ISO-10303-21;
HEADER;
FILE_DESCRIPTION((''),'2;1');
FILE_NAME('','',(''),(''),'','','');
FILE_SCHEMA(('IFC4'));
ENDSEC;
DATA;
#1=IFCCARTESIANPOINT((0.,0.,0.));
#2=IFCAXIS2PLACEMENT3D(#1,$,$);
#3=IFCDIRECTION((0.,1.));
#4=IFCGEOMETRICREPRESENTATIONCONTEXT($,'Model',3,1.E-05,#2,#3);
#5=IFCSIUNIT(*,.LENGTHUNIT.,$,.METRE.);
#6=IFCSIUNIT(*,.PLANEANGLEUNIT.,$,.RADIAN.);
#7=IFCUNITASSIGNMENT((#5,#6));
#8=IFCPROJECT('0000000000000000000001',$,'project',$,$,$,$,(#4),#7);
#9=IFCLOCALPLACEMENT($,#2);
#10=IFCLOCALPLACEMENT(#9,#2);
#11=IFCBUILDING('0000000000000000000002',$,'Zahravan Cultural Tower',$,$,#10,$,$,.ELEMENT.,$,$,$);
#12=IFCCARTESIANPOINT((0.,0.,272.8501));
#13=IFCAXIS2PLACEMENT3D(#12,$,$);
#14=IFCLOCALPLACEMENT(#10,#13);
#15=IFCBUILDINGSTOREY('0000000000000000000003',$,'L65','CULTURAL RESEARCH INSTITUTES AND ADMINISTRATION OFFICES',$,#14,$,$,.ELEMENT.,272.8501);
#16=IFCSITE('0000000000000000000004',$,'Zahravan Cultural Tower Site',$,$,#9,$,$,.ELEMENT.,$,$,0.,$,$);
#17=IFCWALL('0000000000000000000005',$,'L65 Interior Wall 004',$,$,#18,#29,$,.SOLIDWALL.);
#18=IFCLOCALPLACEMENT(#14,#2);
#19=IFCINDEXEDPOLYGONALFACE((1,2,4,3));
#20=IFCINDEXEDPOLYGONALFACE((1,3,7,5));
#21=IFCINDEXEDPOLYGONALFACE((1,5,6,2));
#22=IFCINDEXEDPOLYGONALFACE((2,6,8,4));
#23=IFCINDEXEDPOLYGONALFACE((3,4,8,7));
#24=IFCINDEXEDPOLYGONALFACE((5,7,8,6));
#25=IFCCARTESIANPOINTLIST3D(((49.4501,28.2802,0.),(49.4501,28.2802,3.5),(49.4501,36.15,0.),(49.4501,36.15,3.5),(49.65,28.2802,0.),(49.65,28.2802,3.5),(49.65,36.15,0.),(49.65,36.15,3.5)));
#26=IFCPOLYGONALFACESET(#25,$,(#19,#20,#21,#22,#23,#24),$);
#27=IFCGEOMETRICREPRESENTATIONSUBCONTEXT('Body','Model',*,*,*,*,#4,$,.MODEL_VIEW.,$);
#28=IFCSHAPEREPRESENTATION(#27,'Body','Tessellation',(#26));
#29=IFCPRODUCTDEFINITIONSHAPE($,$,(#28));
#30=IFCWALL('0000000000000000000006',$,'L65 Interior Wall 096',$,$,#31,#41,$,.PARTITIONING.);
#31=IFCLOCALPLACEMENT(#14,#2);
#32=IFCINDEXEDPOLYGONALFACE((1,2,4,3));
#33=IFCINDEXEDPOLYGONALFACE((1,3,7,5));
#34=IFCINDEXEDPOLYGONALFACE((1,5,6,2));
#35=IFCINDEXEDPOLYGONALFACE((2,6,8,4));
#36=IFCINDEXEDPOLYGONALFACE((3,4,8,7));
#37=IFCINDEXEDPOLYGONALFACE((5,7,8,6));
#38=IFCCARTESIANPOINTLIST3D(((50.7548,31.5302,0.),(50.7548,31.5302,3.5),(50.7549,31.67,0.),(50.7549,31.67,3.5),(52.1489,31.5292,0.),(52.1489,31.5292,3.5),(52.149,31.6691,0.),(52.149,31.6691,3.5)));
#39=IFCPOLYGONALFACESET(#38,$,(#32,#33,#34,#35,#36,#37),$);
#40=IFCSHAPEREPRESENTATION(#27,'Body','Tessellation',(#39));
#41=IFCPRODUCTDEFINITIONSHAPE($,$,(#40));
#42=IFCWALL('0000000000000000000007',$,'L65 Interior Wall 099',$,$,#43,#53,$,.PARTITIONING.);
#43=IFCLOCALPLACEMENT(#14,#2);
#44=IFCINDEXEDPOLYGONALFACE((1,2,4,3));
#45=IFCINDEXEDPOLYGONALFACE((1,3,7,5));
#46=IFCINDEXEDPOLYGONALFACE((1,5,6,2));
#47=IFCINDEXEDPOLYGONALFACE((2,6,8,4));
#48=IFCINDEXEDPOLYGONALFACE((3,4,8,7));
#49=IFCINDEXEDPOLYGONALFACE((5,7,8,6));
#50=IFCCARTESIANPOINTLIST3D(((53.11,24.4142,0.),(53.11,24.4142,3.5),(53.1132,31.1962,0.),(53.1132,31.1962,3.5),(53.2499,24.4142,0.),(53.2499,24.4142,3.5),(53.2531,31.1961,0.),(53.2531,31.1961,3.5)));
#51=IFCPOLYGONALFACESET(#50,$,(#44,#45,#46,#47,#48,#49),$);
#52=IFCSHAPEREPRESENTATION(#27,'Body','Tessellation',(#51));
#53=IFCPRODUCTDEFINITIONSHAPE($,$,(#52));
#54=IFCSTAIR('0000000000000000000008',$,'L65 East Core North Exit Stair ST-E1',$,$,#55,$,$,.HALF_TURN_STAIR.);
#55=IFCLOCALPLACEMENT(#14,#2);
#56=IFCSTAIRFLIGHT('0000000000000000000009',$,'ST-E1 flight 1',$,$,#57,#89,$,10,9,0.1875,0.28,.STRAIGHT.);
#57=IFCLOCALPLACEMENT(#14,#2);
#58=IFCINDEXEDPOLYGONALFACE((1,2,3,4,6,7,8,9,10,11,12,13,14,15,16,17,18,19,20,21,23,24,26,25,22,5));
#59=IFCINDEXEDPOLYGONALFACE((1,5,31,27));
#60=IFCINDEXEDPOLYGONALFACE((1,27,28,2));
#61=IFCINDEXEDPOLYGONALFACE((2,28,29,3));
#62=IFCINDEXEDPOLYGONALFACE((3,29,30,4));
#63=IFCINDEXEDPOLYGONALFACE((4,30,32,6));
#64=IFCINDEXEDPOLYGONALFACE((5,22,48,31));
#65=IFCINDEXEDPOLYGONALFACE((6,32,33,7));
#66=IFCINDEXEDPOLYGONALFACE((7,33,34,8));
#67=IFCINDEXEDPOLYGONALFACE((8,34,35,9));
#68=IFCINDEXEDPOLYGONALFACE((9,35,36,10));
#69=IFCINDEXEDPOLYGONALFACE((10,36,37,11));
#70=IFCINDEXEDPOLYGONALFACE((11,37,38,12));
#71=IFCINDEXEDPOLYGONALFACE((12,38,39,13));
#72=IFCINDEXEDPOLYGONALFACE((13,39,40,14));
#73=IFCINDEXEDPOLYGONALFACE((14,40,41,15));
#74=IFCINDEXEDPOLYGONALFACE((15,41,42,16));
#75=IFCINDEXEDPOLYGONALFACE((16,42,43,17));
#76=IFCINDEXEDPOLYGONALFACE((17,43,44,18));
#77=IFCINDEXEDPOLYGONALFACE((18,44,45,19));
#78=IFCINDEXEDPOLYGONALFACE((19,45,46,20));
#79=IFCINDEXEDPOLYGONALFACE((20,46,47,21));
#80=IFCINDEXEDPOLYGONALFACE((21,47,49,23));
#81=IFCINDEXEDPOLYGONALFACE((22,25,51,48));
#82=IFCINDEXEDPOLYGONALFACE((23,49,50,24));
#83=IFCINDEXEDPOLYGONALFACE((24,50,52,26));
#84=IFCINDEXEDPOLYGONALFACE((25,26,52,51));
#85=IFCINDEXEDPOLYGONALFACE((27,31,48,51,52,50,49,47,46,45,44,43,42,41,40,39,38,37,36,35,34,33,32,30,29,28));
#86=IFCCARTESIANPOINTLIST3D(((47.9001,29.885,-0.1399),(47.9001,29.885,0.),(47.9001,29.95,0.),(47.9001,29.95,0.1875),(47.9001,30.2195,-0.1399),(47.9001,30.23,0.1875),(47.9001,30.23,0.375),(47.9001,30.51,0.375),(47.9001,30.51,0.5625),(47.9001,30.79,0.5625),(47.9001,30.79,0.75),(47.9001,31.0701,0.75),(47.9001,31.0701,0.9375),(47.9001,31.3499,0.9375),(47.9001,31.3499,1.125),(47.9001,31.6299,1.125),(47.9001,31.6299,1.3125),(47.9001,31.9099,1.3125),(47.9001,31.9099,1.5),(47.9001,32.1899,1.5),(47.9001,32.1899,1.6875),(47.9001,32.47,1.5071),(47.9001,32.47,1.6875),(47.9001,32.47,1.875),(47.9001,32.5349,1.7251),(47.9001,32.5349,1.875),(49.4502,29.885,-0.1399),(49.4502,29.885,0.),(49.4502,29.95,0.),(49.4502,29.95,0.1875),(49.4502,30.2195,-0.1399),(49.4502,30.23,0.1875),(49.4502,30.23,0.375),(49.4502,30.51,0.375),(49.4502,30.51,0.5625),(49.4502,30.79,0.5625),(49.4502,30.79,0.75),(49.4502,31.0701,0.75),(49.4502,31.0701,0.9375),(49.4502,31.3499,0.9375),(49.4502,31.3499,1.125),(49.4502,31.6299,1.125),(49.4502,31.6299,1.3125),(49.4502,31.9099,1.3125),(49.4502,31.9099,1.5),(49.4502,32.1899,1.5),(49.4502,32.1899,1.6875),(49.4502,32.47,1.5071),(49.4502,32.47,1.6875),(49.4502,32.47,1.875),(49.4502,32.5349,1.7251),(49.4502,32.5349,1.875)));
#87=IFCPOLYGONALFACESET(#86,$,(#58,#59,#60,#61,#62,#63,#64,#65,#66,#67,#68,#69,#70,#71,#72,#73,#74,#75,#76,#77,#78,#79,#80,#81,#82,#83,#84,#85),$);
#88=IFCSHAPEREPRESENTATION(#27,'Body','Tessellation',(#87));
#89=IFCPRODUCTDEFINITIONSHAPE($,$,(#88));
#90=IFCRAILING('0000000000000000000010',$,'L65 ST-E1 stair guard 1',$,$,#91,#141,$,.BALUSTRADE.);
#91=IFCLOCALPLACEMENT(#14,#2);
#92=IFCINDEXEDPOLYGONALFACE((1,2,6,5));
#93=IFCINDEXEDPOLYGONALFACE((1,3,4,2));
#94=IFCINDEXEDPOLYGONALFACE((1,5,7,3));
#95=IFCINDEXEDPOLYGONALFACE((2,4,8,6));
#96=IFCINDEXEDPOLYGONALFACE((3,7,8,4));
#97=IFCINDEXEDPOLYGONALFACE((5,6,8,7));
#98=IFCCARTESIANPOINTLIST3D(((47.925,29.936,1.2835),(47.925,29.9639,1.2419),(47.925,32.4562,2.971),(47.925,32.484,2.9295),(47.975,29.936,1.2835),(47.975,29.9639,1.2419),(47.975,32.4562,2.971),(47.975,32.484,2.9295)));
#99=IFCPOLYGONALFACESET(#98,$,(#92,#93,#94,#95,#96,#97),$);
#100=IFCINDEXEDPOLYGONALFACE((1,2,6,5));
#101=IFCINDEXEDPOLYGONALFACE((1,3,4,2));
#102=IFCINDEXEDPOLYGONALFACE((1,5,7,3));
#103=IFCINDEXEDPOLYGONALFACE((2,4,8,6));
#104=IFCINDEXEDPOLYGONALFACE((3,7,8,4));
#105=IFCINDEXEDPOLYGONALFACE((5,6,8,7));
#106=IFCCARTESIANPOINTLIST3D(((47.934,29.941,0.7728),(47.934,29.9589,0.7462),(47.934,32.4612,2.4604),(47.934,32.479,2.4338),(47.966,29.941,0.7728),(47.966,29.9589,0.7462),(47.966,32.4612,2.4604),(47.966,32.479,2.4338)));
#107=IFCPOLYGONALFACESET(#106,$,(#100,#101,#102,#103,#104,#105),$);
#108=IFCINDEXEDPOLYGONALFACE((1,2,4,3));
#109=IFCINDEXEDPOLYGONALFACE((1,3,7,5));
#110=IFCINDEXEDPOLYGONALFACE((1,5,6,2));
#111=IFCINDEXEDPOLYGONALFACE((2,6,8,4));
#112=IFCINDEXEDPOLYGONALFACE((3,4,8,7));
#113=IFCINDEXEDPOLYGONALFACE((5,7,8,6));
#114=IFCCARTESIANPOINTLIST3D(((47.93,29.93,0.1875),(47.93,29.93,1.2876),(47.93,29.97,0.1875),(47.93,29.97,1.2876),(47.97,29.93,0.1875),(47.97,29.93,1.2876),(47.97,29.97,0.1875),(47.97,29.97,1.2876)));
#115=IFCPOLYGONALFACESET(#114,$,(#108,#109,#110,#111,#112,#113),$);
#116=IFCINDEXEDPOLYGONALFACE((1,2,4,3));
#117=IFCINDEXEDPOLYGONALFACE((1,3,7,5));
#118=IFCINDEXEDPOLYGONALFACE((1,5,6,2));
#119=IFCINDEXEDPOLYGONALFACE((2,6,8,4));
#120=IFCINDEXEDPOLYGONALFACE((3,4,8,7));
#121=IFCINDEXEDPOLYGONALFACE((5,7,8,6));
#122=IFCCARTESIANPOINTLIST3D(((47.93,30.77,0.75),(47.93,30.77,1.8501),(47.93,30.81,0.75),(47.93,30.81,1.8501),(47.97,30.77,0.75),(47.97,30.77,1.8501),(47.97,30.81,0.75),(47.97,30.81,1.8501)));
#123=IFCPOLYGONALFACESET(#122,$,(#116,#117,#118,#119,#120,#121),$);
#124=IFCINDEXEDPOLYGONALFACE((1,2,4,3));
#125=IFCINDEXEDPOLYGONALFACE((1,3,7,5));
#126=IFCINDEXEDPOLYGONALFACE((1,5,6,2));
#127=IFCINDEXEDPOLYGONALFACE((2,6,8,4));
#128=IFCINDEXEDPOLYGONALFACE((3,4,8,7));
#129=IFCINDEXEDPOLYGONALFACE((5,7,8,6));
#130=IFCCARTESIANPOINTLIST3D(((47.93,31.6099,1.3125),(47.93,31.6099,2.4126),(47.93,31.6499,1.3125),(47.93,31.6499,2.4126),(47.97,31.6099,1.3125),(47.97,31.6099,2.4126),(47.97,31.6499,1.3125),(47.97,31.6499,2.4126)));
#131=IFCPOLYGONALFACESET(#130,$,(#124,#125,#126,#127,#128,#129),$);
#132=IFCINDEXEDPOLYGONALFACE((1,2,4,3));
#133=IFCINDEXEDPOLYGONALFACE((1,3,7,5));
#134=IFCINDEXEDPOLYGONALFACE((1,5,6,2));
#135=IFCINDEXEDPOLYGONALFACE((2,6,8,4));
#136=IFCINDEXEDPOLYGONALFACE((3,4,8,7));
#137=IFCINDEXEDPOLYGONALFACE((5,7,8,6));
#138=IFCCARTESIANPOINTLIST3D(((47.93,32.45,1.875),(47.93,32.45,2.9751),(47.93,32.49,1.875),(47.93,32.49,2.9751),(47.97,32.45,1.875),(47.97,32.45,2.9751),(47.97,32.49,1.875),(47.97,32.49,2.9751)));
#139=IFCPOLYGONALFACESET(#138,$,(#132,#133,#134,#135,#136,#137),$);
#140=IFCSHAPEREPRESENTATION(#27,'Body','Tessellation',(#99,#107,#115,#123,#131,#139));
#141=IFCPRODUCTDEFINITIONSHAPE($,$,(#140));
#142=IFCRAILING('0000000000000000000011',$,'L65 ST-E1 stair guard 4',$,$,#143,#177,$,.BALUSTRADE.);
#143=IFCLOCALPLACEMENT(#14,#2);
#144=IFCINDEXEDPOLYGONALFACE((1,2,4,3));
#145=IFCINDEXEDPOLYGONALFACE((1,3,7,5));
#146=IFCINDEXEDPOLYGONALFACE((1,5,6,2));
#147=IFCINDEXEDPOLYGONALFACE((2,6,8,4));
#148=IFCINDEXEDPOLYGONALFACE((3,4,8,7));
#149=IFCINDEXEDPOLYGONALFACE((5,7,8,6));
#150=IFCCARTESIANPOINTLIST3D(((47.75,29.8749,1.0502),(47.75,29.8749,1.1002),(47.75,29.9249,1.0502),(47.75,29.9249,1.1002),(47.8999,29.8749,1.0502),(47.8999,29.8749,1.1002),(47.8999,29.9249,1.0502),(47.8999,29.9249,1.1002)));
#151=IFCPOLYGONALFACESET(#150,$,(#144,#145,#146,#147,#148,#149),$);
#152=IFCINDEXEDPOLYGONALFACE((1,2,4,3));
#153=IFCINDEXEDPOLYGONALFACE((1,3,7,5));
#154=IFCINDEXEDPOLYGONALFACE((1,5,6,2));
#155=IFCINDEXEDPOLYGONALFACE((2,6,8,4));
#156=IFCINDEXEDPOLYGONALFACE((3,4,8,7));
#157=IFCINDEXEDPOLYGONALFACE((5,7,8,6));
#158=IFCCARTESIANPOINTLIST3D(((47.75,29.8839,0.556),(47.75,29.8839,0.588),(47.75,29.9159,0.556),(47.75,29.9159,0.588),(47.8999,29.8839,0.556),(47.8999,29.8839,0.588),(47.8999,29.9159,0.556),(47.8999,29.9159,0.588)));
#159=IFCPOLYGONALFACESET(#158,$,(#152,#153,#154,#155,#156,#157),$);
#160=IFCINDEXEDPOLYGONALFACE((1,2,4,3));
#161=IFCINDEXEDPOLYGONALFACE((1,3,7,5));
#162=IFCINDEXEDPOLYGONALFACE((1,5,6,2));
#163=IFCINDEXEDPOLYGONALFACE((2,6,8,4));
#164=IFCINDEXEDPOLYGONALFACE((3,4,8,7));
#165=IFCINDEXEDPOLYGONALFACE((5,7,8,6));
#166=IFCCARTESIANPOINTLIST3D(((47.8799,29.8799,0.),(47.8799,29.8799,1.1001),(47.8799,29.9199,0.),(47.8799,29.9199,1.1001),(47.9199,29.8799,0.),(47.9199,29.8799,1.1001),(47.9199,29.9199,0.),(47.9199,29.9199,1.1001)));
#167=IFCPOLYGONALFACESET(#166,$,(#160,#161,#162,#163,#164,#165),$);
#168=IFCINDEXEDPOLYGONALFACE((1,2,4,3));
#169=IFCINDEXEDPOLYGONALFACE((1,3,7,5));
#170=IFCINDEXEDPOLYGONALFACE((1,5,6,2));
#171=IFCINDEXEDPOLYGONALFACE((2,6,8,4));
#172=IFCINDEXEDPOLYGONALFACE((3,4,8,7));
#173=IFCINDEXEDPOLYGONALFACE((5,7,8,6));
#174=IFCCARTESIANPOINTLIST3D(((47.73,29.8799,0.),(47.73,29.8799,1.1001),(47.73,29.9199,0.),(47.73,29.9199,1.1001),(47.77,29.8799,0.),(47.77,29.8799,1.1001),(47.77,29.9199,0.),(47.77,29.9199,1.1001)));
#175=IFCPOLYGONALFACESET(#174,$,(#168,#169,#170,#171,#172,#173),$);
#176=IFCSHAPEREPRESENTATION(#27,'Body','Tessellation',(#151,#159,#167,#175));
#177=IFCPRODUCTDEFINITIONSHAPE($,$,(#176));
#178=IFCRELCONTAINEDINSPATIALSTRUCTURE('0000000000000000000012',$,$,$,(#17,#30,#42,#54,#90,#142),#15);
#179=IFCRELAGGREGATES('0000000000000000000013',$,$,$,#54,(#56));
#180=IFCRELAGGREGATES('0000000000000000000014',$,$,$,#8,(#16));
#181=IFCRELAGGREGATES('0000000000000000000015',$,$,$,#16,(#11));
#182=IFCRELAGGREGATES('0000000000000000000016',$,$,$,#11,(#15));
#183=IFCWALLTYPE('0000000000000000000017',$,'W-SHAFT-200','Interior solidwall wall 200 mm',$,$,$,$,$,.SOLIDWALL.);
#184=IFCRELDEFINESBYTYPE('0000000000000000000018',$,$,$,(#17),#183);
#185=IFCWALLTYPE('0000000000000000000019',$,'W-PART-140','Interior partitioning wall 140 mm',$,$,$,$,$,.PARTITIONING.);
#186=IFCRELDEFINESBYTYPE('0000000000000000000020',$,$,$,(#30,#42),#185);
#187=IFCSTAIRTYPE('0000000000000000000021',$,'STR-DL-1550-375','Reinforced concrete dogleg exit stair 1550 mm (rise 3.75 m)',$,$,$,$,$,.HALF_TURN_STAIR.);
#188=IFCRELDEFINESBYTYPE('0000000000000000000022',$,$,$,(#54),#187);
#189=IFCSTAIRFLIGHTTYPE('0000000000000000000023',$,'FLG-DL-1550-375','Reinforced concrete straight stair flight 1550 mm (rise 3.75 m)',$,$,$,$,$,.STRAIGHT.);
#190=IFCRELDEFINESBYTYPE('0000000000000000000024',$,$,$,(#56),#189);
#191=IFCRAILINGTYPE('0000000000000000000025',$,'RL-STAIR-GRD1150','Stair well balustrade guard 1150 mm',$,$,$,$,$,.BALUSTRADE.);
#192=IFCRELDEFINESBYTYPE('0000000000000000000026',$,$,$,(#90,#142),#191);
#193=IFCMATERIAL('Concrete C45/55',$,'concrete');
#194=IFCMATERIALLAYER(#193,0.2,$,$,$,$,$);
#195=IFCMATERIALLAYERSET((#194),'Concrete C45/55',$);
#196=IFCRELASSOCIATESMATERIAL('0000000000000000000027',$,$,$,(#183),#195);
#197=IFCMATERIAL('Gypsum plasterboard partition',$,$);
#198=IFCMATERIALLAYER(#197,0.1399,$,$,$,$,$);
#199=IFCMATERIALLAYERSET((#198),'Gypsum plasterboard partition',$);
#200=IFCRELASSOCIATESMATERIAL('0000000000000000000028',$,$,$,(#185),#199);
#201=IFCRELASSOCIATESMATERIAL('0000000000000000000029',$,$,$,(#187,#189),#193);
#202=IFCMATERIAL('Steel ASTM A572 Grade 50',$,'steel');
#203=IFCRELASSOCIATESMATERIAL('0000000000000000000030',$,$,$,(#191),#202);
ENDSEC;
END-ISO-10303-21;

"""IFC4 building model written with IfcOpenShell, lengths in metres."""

from ifc_helpers import new_model, si_unit, direction, frame, frame_2d, origin, origin_2d, place, context, subcontext, project, spatial, polyline, rectangle, outline, extrude, source, transform, mapped, material, layer, layer_set, type_object, element, aggregate, save


model = new_model("IFC4")

# Units and contexts
model_context = context("Model", 3, precision=1e-05, world=origin(), true_north=direction((0.0, 1.0)))
body_context = subcontext(model_context, "Body", "Model", "MODEL_VIEW")
ifc_project = project(units=[si_unit("LENGTHUNIT", "METRE"), si_unit("PLANEANGLEUNIT", "RADIAN")], contexts=[model_context])

# Site, building, storey
site_placement = place(None, origin())
site = spatial("IfcSite", under=ifc_project, at=site_placement, Name="Zahravan Cultural Tower Site", CompositionType="ELEMENT", RefElevation=0.0)
building_placement = place(site_placement, origin())
building = spatial("IfcBuilding", under=site, at=building_placement, Name="Zahravan Cultural Tower", CompositionType="ELEMENT")
storey_placement = place(building_placement, frame((0.0, 0.0, 272.8501)))
storey = spatial("IfcBuildingStorey", under=building, at=storey_placement, Name="L65", Description="CULTURAL RESEARCH INSTITUTES AND ADMINISTRATION OFFICES", CompositionType="ELEMENT", Elevation=272.8501)

# Walls
ifc_material_1 = material(Name="Concrete C45/55", Category="concrete")
ifc_layer_1 = layer(ifc_material_1, 0.2)
ifc_layer_set_1 = layer_set([ifc_layer_1], Name="Concrete C45/55")
wall_type_1 = type_object("IfcWallType", Name="W-SHAFT-200", Description="Interior solidwall wall 200 mm", PredefinedType="SOLIDWALL", material=ifc_layer_set_1)
shared_shape_1 = source(origin(), body_context, "Body", "SweptSolid", [
    extrude(rectangle(XDim=7.8699, YDim=0.2, at=frame_2d((3.9351, 0.0))), origin(), (0.0, 0.0, 1.0), 3.5),
])
wall_1_placement = place(storey_placement, frame((49.55, 28.28, 0.0), z_axis=(0.0, 0.0, 1.0), x_axis=(0.0, 1.0, 0.0)))
element("IfcWall", 1, at=wall_1_placement, inside=storey, type_object=wall_type_1, Name="L65 Interior Wall 004", PredefinedType="SOLIDWALL", context=body_context, shape_type="MappedRepresentation", body=[
    mapped(shared_shape_1, transform((0.0, 0.0, 0.0), x_axis=(1.0, 0.0, 0.0), y_axis=(0.0, 1.0, 0.0), z_axis=(0.0, 0.0, 1.0), scale=1.0)),
])
ifc_material_2 = material(Name="Gypsum plasterboard partition")
ifc_layer_2 = layer(ifc_material_2, 0.1399)
ifc_layer_set_2 = layer_set([ifc_layer_2], Name="Gypsum plasterboard partition")
wall_type_2 = type_object("IfcWallType", Name="W-PART-140", Description="Interior partitioning wall 140 mm", PredefinedType="PARTITIONING", material=ifc_layer_set_2)
shared_shape_2 = source(origin(), body_context, "Body", "SweptSolid", [
    extrude(rectangle(XDim=1.394, YDim=0.1399, at=frame_2d((0.697, 0.0))), origin(), (0.0, 0.0, 1.0), 3.5),
])
wall_2_placement = place(storey_placement, frame((52.1489, 31.5991, 0.0), z_axis=(0.0, 0.0, 1.0), x_axis=(-1.0, 0.000701, 0.0)))
element("IfcWall", 2, at=wall_2_placement, inside=storey, type_object=wall_type_2, Name="L65 Interior Wall 096", PredefinedType="PARTITIONING", context=body_context, shape_type="MappedRepresentation", body=[
    mapped(shared_shape_2, transform((0.0, 0.0, 0.0), x_axis=(1.0, 0.0, 0.0), y_axis=(0.0, 1.0, 0.0), z_axis=(0.0, 0.0, 1.0), scale=1.0)),
])
shared_shape_3 = source(origin(), body_context, "Body", "SweptSolid", [
    extrude(rectangle(XDim=6.782, YDim=0.1399, at=frame_2d((3.3911, 0.0))), origin(), (0.0, 0.0, 1.0), 3.5),
])
wall_3_placement = place(storey_placement, frame((53.1831, 31.1963, 0.0), z_axis=(0.0, 0.0, 1.0), x_axis=(-0.000468, -1.0, 0.0)))
element("IfcWall", 3, at=wall_3_placement, inside=storey, type_object=wall_type_2, Name="L65 Interior Wall 099", PredefinedType="PARTITIONING", context=body_context, shape_type="MappedRepresentation", body=[
    mapped(shared_shape_3, transform((0.0, 0.0, 0.0), x_axis=(1.0, 0.0, 0.0), y_axis=(0.0, 1.0, 0.0), z_axis=(0.0, 0.0, 1.0), scale=1.0)),
])

# Stair, stair flight
stair_type = type_object("IfcStairType", Name="STR-DL-1550-375", Description="Reinforced concrete dogleg exit stair 1550 mm (rise 3.75 m)", PredefinedType="HALF_TURN_STAIR", material=ifc_material_1)
stair_placement = place(storey_placement, origin())
stair = element("IfcStair", 4, at=stair_placement, inside=storey, type_object=stair_type, Name="L65 East Core North Exit Stair ST-E1", PredefinedType="HALF_TURN_STAIR")
stair_flight_type = type_object("IfcStairFlightType", Name="FLG-DL-1550-375", Description="Reinforced concrete straight stair flight 1550 mm (rise 3.75 m)", PredefinedType="STRAIGHT", material=ifc_material_1)
stair_flight_placement = place(storey_placement, frame((48.675, 29.95, 0.0), z_axis=(0.0, 0.0, 1.0), x_axis=(0.0, 1.0, 0.0)))
stair_flight = element("IfcStairFlight", 5, at=stair_flight_placement, type_object=stair_flight_type, Name="ST-E1 flight 1", NumberOfRisers=10, NumberOfTreads=9, PredefinedType="STRAIGHT", RiserHeight=0.1875, TreadLength=0.28, context=body_context, shape_type="SweptSolid", body=[
    extrude(outline(polyline([(-0.0649, -0.1399), (-0.0649, 0.0), (0.0, 0.0), (0.0, 0.1875), (0.28, 0.1875), (0.28, 0.375), (0.5601, 0.375), (0.5601, 0.5625), (0.8401, 0.5625), (0.8401, 0.75), (1.1201, 0.75), (1.1201, 0.9375), (1.3999, 0.9375), (1.3999, 1.125), (1.6799, 1.125), (1.6799, 1.3125), (1.96, 1.3125), (1.96, 1.5), (2.24, 1.5), (2.24, 1.6875), (2.52, 1.6875), (2.52, 1.875), (2.585, 1.875), (2.585, 1.7251), (2.52, 1.5071), (0.2695, -0.1399), (-0.0649, -0.1399)])), frame((0.0, 0.7749, 0.0), z_axis=(0.0, -1.0, 0.0), x_axis=(1.0, 0.0, 0.0)), (0.0, 0.0, 1.0), 1.55),
])
aggregate(stair, [stair_flight])

# Railings
ifc_material_3 = material(Name="Steel ASTM A572 Grade 50", Category="steel")
railing_type_1 = type_object("IfcRailingType", Name="RL-STAIR-GRD1150", Description="Stair well balustrade guard 1150 mm", PredefinedType="BALUSTRADE", material=ifc_material_3)
railing_1_placement = place(storey_placement, frame((47.95, 29.95, 0.1875)))
element("IfcRailing", 6, at=railing_1_placement, inside=storey, type_object=railing_type_1, Name="L65 ST-E1 stair guard 1", PredefinedType="BALUSTRADE", context=body_context, shape_type="SweptSolid", body=[
    extrude(rectangle(XDim=0.05, YDim=0.05, at=origin_2d()), frame((0.0, 0.0, 1.0752), z_axis=(0.0, 0.830909, 0.556408), x_axis=(-1.0, 0.0, 0.0)), (0.0, 0.0, 1.0), 3.033),
    extrude(rectangle(XDim=0.032, YDim=0.032, at=origin_2d()), frame((0.0, 0.0, 0.572), z_axis=(0.0, 0.830909, 0.556408), x_axis=(-1.0, 0.0, 0.0)), (0.0, 0.0, 1.0), 3.033),
    extrude(rectangle(XDim=0.04, YDim=0.04, at=origin_2d()), origin(), (0.0, 0.0, 1.0), 1.1001),
    extrude(rectangle(XDim=0.04, YDim=0.04, at=origin_2d()), frame((0.0, 0.8401, 0.5625)), (0.0, 0.0, 1.0), 1.1001),
    extrude(rectangle(XDim=0.04, YDim=0.04, at=origin_2d()), frame((0.0, 1.6799, 1.125)), (0.0, 0.0, 1.0), 1.1001),
    extrude(rectangle(XDim=0.04, YDim=0.04, at=origin_2d()), frame((0.0, 2.52, 1.6875)), (0.0, 0.0, 1.0), 1.1001),
])
railing_2_placement = place(storey_placement, frame((47.8999, 29.8999, 0.0)))
element("IfcRailing", 7, at=railing_2_placement, inside=storey, type_object=railing_type_1, Name="L65 ST-E1 stair guard 4", PredefinedType="BALUSTRADE", context=body_context, shape_type="SweptSolid", body=[
    extrude(rectangle(XDim=0.05, YDim=0.05, at=origin_2d()), frame((0.0, 0.0, 1.0752), z_axis=(-1.0, 0.0, 0.0), x_axis=(0.0, -1.0, 0.0)), (0.0, 0.0, 1.0), 0.1499),
    extrude(rectangle(XDim=0.032, YDim=0.032, at=origin_2d()), frame((0.0, 0.0, 0.572), z_axis=(-1.0, 0.0, 0.0), x_axis=(0.0, -1.0, 0.0)), (0.0, 0.0, 1.0), 0.1499),
    extrude(rectangle(XDim=0.04, YDim=0.04, at=origin_2d()), origin(), (0.0, 0.0, 1.0), 1.1001),
    extrude(rectangle(XDim=0.04, YDim=0.04, at=origin_2d()), frame((-0.1499, 0.0, 0.0)), (0.0, 0.0, 1.0), 1.1001),
])

save(model, "model.ifc")
